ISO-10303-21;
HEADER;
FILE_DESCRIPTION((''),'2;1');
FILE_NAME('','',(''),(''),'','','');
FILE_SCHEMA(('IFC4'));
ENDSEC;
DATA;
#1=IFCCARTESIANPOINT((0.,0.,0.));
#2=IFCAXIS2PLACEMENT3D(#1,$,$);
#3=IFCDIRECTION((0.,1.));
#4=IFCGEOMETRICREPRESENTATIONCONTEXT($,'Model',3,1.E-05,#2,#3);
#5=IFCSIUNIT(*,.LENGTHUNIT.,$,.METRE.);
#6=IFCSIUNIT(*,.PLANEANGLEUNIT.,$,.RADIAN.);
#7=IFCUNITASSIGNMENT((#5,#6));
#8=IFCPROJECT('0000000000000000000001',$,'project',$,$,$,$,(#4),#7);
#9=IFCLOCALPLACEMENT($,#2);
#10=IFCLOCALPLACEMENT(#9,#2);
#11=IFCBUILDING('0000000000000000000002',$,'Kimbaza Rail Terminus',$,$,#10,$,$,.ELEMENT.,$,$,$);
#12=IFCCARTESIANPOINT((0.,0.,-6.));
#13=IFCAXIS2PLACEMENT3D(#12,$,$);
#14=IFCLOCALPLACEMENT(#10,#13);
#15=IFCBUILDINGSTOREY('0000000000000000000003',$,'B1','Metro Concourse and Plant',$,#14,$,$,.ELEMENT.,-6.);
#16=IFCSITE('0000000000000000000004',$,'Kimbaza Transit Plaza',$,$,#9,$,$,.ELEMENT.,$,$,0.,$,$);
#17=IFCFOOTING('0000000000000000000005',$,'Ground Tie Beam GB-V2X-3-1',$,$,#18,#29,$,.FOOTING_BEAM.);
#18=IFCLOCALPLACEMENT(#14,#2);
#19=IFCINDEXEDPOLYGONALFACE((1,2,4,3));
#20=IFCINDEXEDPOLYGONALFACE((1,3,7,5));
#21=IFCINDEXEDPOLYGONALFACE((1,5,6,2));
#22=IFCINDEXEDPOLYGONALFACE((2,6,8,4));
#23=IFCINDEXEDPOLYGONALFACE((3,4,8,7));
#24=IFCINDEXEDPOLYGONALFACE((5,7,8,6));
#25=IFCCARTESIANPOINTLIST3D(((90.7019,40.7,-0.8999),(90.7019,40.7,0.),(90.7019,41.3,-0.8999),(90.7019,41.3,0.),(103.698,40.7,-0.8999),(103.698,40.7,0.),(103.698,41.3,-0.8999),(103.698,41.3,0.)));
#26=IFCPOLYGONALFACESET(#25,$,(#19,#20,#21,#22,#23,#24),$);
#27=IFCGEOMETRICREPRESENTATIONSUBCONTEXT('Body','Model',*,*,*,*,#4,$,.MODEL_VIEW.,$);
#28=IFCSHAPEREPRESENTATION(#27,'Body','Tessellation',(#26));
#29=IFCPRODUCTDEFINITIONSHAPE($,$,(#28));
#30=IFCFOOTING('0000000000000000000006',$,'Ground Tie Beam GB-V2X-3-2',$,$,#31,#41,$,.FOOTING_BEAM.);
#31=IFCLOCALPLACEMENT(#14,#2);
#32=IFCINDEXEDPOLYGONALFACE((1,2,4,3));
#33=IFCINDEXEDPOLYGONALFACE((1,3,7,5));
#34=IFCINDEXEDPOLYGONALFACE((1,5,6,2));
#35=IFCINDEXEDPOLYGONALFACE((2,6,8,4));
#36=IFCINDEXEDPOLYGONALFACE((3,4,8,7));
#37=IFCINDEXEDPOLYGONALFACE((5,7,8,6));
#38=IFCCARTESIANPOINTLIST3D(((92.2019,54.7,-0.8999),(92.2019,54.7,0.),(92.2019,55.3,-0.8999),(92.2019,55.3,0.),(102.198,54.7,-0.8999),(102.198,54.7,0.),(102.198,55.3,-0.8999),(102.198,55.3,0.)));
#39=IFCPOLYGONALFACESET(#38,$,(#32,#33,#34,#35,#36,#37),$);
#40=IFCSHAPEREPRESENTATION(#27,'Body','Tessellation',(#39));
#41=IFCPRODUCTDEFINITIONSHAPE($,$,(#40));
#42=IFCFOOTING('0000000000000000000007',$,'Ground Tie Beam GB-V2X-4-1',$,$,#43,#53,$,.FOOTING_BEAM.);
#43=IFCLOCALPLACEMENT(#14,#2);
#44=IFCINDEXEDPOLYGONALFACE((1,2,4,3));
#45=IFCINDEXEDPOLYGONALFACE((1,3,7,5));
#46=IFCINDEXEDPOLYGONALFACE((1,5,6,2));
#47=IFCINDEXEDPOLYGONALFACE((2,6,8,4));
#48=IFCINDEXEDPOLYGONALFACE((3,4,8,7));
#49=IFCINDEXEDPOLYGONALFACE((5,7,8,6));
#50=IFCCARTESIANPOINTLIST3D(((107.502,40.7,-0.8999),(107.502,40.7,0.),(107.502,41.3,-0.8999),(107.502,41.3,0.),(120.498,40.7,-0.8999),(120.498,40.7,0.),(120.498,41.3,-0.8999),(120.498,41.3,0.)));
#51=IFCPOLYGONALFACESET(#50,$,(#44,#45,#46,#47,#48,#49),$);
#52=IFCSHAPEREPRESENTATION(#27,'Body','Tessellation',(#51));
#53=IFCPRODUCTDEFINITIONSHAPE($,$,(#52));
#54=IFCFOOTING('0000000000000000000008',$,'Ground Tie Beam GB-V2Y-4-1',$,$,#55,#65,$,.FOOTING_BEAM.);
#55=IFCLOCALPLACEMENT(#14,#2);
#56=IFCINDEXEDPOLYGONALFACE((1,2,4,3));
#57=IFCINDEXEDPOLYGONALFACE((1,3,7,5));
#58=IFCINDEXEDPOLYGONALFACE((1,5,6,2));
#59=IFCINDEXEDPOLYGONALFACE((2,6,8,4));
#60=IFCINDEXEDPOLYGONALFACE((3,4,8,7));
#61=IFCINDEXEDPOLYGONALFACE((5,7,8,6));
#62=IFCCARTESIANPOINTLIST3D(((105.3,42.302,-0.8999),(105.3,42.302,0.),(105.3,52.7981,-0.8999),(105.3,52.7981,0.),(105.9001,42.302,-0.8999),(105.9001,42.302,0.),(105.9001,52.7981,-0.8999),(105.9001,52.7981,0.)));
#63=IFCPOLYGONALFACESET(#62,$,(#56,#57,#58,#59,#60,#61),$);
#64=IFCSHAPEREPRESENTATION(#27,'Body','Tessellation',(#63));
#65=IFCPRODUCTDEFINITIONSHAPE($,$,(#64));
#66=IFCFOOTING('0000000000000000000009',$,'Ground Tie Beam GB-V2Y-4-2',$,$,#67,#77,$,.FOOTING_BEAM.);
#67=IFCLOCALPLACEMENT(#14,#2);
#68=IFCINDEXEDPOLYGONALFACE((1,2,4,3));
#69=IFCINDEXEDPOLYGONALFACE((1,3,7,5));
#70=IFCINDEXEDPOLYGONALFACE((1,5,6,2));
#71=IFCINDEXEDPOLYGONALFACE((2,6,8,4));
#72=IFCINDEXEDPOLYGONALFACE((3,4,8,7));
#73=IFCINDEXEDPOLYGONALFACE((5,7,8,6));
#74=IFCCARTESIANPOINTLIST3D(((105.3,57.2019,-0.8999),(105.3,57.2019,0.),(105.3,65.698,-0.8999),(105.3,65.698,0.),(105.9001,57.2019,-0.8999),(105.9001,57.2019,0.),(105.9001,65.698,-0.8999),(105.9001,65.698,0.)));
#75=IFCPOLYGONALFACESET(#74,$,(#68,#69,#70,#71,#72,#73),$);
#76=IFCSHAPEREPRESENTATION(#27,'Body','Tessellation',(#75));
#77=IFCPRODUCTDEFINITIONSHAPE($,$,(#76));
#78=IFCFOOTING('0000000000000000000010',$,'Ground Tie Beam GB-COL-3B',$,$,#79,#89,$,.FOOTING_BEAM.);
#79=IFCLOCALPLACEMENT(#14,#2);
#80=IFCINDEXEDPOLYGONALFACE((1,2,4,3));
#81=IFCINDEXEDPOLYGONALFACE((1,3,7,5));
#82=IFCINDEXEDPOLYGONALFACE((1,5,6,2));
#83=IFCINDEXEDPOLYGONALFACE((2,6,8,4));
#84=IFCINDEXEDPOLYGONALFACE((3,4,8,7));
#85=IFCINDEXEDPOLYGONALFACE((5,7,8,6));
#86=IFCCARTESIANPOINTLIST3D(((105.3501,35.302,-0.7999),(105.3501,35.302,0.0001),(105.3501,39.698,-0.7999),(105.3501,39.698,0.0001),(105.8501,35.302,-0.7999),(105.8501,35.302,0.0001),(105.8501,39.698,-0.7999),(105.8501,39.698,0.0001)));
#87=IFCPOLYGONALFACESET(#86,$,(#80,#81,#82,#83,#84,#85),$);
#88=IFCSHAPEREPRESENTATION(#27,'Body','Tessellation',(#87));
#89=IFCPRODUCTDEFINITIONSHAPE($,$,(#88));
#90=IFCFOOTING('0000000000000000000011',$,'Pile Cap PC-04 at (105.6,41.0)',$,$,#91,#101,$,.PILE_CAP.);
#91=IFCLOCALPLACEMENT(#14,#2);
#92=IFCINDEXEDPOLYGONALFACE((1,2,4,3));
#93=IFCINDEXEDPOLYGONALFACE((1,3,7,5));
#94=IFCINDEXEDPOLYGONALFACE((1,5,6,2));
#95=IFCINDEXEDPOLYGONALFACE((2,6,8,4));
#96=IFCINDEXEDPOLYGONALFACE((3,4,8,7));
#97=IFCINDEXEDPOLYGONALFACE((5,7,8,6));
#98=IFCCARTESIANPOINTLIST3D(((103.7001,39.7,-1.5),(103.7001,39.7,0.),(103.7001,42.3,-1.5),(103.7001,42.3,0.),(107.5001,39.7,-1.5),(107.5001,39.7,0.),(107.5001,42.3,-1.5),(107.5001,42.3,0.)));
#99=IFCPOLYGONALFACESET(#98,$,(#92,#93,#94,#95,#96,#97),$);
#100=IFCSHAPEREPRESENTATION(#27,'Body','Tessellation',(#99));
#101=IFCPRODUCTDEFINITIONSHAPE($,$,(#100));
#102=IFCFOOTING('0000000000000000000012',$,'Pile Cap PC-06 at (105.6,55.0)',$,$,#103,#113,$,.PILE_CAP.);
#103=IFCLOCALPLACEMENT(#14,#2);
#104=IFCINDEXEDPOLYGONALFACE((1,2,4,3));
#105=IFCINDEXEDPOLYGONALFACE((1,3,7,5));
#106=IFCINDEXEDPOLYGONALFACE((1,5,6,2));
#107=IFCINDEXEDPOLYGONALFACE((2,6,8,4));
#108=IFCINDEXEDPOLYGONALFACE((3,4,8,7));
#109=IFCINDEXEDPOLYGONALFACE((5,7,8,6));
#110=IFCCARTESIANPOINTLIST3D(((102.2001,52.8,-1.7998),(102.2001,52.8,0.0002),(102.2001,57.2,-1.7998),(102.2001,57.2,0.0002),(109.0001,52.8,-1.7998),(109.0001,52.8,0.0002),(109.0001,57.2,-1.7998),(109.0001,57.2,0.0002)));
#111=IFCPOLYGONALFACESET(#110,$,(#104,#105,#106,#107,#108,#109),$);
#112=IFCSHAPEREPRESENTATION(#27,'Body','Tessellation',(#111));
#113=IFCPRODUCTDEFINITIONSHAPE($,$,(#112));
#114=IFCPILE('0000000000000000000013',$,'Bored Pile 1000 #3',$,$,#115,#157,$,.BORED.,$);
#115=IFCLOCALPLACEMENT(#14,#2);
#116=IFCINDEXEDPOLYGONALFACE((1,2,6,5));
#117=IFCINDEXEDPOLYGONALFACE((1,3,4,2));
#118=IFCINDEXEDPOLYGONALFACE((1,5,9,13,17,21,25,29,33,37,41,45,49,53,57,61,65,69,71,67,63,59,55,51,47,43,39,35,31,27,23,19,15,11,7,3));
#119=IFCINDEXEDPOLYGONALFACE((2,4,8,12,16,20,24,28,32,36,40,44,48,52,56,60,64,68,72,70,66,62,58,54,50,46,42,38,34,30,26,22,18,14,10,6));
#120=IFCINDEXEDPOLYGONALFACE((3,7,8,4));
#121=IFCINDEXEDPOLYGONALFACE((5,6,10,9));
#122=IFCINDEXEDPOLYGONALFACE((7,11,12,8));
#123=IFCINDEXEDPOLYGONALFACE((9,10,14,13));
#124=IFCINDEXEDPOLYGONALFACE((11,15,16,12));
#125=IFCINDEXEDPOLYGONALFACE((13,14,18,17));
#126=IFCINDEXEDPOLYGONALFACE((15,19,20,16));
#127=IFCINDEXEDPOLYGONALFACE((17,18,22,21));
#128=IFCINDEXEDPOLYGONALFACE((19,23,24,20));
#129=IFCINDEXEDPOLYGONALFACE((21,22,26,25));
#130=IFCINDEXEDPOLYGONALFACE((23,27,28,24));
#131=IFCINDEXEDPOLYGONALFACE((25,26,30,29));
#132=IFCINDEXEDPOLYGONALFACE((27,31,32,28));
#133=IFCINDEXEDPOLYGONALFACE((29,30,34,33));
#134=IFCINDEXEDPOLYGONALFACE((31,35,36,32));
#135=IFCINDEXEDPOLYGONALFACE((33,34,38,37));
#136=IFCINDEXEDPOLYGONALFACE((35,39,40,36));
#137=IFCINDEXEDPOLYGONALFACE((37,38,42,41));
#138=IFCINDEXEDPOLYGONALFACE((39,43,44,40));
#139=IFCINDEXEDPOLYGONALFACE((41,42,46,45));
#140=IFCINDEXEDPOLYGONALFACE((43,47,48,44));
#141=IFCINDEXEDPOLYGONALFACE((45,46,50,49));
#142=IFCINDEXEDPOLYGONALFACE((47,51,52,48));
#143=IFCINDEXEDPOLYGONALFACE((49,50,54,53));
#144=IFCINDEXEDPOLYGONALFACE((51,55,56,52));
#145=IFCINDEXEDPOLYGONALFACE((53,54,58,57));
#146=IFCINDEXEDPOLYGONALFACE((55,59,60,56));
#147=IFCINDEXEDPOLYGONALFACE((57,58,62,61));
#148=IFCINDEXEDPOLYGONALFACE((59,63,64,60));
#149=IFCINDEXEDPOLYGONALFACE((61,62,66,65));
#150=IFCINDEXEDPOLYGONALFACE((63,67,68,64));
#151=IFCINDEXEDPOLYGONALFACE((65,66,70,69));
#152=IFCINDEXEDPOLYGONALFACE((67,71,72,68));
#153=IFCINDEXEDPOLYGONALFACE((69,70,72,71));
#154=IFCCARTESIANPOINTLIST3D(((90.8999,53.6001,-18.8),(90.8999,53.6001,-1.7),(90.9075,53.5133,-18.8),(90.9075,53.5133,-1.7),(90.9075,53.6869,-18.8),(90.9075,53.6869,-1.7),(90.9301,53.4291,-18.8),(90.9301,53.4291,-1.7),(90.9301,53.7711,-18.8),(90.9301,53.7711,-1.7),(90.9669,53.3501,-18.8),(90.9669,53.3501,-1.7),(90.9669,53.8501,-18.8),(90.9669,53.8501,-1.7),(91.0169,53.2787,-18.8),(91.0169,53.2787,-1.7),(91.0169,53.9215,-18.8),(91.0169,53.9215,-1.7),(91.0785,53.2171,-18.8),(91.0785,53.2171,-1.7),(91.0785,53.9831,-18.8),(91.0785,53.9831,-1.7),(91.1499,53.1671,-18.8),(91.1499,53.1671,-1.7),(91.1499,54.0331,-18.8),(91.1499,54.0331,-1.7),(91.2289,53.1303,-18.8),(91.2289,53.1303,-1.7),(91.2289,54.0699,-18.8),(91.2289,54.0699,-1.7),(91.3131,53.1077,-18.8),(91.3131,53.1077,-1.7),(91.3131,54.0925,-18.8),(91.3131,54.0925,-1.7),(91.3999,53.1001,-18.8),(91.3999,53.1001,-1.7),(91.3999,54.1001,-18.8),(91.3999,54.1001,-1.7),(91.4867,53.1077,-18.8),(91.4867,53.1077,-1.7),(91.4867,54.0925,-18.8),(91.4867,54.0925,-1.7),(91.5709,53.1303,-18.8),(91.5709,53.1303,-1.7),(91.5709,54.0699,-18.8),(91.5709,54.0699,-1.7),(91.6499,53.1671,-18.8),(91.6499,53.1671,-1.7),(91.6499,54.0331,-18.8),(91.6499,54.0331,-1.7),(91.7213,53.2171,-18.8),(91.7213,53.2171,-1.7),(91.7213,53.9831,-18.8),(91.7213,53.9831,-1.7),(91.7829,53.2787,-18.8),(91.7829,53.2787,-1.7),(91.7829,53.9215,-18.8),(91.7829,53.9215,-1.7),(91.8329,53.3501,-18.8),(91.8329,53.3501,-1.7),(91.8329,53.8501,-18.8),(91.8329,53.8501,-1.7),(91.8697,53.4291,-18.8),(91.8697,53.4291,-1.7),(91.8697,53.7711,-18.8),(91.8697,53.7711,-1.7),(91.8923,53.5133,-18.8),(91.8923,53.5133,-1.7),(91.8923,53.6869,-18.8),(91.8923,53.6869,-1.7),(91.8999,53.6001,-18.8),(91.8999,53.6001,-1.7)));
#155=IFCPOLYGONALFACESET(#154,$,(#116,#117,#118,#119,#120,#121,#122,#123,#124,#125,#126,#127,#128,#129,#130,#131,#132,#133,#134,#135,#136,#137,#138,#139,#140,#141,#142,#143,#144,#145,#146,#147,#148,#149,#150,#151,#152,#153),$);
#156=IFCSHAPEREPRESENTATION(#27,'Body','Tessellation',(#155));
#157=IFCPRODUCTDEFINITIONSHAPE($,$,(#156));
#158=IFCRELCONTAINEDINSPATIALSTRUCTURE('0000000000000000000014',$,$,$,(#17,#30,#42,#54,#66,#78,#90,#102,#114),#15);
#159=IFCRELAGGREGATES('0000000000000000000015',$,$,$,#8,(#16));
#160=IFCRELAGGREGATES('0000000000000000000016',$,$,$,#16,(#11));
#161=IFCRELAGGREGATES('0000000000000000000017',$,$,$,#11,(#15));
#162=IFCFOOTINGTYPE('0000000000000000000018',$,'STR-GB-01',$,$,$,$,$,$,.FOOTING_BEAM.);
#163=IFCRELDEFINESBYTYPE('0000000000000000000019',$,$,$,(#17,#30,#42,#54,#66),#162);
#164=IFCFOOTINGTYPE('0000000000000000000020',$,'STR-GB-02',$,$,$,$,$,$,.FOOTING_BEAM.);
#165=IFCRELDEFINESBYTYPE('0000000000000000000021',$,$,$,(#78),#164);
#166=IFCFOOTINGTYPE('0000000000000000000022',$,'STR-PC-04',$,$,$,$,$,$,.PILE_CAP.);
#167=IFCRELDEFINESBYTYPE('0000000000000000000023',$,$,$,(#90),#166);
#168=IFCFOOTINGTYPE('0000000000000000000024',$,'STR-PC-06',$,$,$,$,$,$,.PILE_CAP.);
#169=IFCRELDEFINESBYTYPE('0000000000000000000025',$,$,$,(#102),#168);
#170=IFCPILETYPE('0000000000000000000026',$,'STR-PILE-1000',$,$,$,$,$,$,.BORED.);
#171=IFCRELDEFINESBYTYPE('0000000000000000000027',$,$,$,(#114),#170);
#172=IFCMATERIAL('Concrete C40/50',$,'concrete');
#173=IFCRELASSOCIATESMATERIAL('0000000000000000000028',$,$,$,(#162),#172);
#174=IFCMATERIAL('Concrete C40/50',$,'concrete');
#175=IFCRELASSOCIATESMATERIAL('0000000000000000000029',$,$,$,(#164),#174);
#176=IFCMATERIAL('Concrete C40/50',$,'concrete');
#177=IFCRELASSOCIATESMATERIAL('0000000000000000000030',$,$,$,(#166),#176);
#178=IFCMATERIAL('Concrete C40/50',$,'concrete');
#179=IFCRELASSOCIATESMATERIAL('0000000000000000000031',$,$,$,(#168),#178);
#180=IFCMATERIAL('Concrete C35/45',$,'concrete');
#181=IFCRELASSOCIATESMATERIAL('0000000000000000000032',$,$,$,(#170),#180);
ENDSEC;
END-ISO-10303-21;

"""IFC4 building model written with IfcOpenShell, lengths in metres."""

from ifc_helpers import new_model, si_unit, direction, frame, origin, origin_2d, place, context, subcontext, project, spatial, rectangle, circle, extrude, material, material_profile, profile_set, type_object, element, save


model = new_model("IFC4")

# Units and contexts
model_context = context("Model", 3, precision=1e-05, world=origin(), true_north=direction((0.0, 1.0)))
body_context = subcontext(model_context, "Body", "Model", "MODEL_VIEW")
ifc_project = project(units=[si_unit("LENGTHUNIT", "METRE"), si_unit("PLANEANGLEUNIT", "RADIAN")], contexts=[model_context])

# Site, building, storey
site_placement = place(None, origin())
site = spatial("IfcSite", under=ifc_project, at=site_placement, Name="Kimbaza Transit Plaza", CompositionType="ELEMENT", RefElevation=0.0)
building_placement = place(site_placement, origin())
building = spatial("IfcBuilding", under=site, at=building_placement, Name="Kimbaza Rail Terminus", CompositionType="ELEMENT")
storey_placement = place(building_placement, frame((0.0, 0.0, -6.0)))
storey = spatial("IfcBuildingStorey", under=building, at=storey_placement, Name="B1", Description="Metro Concourse and Plant", CompositionType="ELEMENT", Elevation=-6.0)

# Footings
ifc_material_1 = material(Name="Concrete C40/50", Category="concrete")
ifc_material_profile_1 = material_profile(ifc_material_1, rectangle(XDim=0.6001, YDim=0.8999, at=origin_2d()), Name="GB-01 600x900")
ifc_profile_set_1 = profile_set([ifc_material_profile_1], Name="Concrete C40/50")
footing_type_1 = type_object("IfcFootingType", Name="STR-GB-01", PredefinedType="FOOTING_BEAM", material=ifc_profile_set_1)
footing_1_placement = place(storey_placement, frame((90.7019, 41.0, -0.45), z_axis=(1.0, 0.0, 0.0), x_axis=(0.0, 1.0, 0.0)))
element("IfcFooting", 1, at=footing_1_placement, inside=storey, type_object=footing_type_1, Name="Ground Tie Beam GB-V2X-3-1", PredefinedType="FOOTING_BEAM", context=body_context, shape_type="SweptSolid", body=[
    extrude(rectangle(XDim=0.6001, YDim=0.8999, at=origin_2d()), origin(), (0.0, 0.0, 1.0), 12.9961),
])
footing_2_placement = place(storey_placement, frame((92.2019, 55.0, -0.45), z_axis=(1.0, 0.0, 0.0), x_axis=(0.0, 1.0, 0.0)))
element("IfcFooting", 2, at=footing_2_placement, inside=storey, type_object=footing_type_1, Name="Ground Tie Beam GB-V2X-3-2", PredefinedType="FOOTING_BEAM", context=body_context, shape_type="SweptSolid", body=[
    extrude(rectangle(XDim=0.6001, YDim=0.8999, at=origin_2d()), origin(), (0.0, 0.0, 1.0), 9.9961),
])
footing_3_placement = place(storey_placement, frame((107.502, 41.0, -0.45), z_axis=(1.0, 0.0, 0.0), x_axis=(0.0, 1.0, 0.0)))
element("IfcFooting", 3, at=footing_3_placement, inside=storey, type_object=footing_type_1, Name="Ground Tie Beam GB-V2X-4-1", PredefinedType="FOOTING_BEAM", context=body_context, shape_type="SweptSolid", body=[
    extrude(rectangle(XDim=0.6001, YDim=0.8999, at=origin_2d()), origin(), (0.0, 0.0, 1.0), 12.9961),
])
footing_4_placement = place(storey_placement, frame((105.6001, 42.302, -0.45), z_axis=(0.0, 1.0, 0.0), x_axis=(-1.0, 0.0, 0.0)))
element("IfcFooting", 4, at=footing_4_placement, inside=storey, type_object=footing_type_1, Name="Ground Tie Beam GB-V2Y-4-1", PredefinedType="FOOTING_BEAM", context=body_context, shape_type="SweptSolid", body=[
    extrude(rectangle(XDim=0.6001, YDim=0.8999, at=origin_2d()), origin(), (0.0, 0.0, 1.0), 10.4961),
])
footing_5_placement = place(storey_placement, frame((105.6001, 57.2019, -0.45), z_axis=(0.0, 1.0, 0.0), x_axis=(-1.0, 0.0, 0.0)))
element("IfcFooting", 5, at=footing_5_placement, inside=storey, type_object=footing_type_1, Name="Ground Tie Beam GB-V2Y-4-2", PredefinedType="FOOTING_BEAM", context=body_context, shape_type="SweptSolid", body=[
    extrude(rectangle(XDim=0.6001, YDim=0.8999, at=origin_2d()), origin(), (0.0, 0.0, 1.0), 8.4961),
])
ifc_material_2 = material(Name="Concrete C40/50", Category="concrete")
ifc_material_profile_2 = material_profile(ifc_material_2, rectangle(XDim=0.5, YDim=0.8, at=origin_2d()), Name="GB-02 500x800")
ifc_profile_set_2 = profile_set([ifc_material_profile_2], Name="Concrete C40/50")
footing_type_2 = type_object("IfcFootingType", Name="STR-GB-02", PredefinedType="FOOTING_BEAM", material=ifc_profile_set_2)
footing_6_placement = place(storey_placement, frame((105.6001, 35.302, -0.3999), z_axis=(0.0, 1.0, 0.0), x_axis=(-1.0, 0.0, 0.0)))
element("IfcFooting", 6, at=footing_6_placement, inside=storey, type_object=footing_type_2, Name="Ground Tie Beam GB-COL-3B", PredefinedType="FOOTING_BEAM", context=body_context, shape_type="SweptSolid", body=[
    extrude(rectangle(XDim=0.5, YDim=0.8, at=origin_2d()), origin(), (0.0, 0.0, 1.0), 4.396),
])
ifc_material_3 = material(Name="Concrete C40/50", Category="concrete")
footing_type_3 = type_object("IfcFootingType", Name="STR-PC-04", PredefinedType="PILE_CAP", material=ifc_material_3)
footing_7_placement = place(storey_placement, frame((105.6001, 41.0, -1.5), z_axis=(0.0, 0.0, 1.0), x_axis=(1.0, 0.0, 0.0)))
element("IfcFooting", 7, at=footing_7_placement, inside=storey, type_object=footing_type_3, Name="Pile Cap PC-04 at (105.6,41.0)", PredefinedType="PILE_CAP", context=body_context, shape_type="SweptSolid", body=[
    extrude(rectangle(XDim=3.8, YDim=2.6001, at=origin_2d()), origin(), (0.0, 0.0, 1.0), 1.5),
])
ifc_material_4 = material(Name="Concrete C40/50", Category="concrete")
footing_type_4 = type_object("IfcFootingType", Name="STR-PC-06", PredefinedType="PILE_CAP", material=ifc_material_4)
footing_8_placement = place(storey_placement, frame((105.6001, 55.0, -1.7998), z_axis=(0.0, 0.0, 1.0), x_axis=(1.0, 0.0, 0.0)))
element("IfcFooting", 8, at=footing_8_placement, inside=storey, type_object=footing_type_4, Name="Pile Cap PC-06 at (105.6,55.0)", PredefinedType="PILE_CAP", context=body_context, shape_type="SweptSolid", body=[
    extrude(rectangle(XDim=6.8, YDim=4.3999, at=origin_2d()), origin(), (0.0, 0.0, 1.0), 1.8),
])

# Pile
ifc_material_5 = material(Name="Concrete C35/45", Category="concrete")
ifc_material_profile_3 = material_profile(ifc_material_5, circle(Radius=0.5, at=origin_2d()), Name="BORED PILE 1000")
ifc_profile_set_3 = profile_set([ifc_material_profile_3], Name="Concrete C35/45")
pile_type_1 = type_object("IfcPileType", Name="STR-PILE-1000", PredefinedType="BORED", material=ifc_profile_set_3)
for number, where, z_axis, x_axis, name in (
    (9, (91.3999, 53.6001, -1.7), (0.0, 0.0, -1.0), (1.0, 0.0, 0.0), "Bored Pile 1000 #3"),
):
    element("IfcPile", number, at=place(storey_placement, frame(where, z_axis=z_axis, x_axis=x_axis)), inside=storey, type_object=pile_type_1, Name=name, PredefinedType="BORED", context=body_context, shape_type="SweptSolid", body=[
        extrude(circle(Radius=0.5, at=origin_2d()), origin(), (0.0, 0.0, 1.0), 17.1001),
    ])

save(model, "model.ifc")
